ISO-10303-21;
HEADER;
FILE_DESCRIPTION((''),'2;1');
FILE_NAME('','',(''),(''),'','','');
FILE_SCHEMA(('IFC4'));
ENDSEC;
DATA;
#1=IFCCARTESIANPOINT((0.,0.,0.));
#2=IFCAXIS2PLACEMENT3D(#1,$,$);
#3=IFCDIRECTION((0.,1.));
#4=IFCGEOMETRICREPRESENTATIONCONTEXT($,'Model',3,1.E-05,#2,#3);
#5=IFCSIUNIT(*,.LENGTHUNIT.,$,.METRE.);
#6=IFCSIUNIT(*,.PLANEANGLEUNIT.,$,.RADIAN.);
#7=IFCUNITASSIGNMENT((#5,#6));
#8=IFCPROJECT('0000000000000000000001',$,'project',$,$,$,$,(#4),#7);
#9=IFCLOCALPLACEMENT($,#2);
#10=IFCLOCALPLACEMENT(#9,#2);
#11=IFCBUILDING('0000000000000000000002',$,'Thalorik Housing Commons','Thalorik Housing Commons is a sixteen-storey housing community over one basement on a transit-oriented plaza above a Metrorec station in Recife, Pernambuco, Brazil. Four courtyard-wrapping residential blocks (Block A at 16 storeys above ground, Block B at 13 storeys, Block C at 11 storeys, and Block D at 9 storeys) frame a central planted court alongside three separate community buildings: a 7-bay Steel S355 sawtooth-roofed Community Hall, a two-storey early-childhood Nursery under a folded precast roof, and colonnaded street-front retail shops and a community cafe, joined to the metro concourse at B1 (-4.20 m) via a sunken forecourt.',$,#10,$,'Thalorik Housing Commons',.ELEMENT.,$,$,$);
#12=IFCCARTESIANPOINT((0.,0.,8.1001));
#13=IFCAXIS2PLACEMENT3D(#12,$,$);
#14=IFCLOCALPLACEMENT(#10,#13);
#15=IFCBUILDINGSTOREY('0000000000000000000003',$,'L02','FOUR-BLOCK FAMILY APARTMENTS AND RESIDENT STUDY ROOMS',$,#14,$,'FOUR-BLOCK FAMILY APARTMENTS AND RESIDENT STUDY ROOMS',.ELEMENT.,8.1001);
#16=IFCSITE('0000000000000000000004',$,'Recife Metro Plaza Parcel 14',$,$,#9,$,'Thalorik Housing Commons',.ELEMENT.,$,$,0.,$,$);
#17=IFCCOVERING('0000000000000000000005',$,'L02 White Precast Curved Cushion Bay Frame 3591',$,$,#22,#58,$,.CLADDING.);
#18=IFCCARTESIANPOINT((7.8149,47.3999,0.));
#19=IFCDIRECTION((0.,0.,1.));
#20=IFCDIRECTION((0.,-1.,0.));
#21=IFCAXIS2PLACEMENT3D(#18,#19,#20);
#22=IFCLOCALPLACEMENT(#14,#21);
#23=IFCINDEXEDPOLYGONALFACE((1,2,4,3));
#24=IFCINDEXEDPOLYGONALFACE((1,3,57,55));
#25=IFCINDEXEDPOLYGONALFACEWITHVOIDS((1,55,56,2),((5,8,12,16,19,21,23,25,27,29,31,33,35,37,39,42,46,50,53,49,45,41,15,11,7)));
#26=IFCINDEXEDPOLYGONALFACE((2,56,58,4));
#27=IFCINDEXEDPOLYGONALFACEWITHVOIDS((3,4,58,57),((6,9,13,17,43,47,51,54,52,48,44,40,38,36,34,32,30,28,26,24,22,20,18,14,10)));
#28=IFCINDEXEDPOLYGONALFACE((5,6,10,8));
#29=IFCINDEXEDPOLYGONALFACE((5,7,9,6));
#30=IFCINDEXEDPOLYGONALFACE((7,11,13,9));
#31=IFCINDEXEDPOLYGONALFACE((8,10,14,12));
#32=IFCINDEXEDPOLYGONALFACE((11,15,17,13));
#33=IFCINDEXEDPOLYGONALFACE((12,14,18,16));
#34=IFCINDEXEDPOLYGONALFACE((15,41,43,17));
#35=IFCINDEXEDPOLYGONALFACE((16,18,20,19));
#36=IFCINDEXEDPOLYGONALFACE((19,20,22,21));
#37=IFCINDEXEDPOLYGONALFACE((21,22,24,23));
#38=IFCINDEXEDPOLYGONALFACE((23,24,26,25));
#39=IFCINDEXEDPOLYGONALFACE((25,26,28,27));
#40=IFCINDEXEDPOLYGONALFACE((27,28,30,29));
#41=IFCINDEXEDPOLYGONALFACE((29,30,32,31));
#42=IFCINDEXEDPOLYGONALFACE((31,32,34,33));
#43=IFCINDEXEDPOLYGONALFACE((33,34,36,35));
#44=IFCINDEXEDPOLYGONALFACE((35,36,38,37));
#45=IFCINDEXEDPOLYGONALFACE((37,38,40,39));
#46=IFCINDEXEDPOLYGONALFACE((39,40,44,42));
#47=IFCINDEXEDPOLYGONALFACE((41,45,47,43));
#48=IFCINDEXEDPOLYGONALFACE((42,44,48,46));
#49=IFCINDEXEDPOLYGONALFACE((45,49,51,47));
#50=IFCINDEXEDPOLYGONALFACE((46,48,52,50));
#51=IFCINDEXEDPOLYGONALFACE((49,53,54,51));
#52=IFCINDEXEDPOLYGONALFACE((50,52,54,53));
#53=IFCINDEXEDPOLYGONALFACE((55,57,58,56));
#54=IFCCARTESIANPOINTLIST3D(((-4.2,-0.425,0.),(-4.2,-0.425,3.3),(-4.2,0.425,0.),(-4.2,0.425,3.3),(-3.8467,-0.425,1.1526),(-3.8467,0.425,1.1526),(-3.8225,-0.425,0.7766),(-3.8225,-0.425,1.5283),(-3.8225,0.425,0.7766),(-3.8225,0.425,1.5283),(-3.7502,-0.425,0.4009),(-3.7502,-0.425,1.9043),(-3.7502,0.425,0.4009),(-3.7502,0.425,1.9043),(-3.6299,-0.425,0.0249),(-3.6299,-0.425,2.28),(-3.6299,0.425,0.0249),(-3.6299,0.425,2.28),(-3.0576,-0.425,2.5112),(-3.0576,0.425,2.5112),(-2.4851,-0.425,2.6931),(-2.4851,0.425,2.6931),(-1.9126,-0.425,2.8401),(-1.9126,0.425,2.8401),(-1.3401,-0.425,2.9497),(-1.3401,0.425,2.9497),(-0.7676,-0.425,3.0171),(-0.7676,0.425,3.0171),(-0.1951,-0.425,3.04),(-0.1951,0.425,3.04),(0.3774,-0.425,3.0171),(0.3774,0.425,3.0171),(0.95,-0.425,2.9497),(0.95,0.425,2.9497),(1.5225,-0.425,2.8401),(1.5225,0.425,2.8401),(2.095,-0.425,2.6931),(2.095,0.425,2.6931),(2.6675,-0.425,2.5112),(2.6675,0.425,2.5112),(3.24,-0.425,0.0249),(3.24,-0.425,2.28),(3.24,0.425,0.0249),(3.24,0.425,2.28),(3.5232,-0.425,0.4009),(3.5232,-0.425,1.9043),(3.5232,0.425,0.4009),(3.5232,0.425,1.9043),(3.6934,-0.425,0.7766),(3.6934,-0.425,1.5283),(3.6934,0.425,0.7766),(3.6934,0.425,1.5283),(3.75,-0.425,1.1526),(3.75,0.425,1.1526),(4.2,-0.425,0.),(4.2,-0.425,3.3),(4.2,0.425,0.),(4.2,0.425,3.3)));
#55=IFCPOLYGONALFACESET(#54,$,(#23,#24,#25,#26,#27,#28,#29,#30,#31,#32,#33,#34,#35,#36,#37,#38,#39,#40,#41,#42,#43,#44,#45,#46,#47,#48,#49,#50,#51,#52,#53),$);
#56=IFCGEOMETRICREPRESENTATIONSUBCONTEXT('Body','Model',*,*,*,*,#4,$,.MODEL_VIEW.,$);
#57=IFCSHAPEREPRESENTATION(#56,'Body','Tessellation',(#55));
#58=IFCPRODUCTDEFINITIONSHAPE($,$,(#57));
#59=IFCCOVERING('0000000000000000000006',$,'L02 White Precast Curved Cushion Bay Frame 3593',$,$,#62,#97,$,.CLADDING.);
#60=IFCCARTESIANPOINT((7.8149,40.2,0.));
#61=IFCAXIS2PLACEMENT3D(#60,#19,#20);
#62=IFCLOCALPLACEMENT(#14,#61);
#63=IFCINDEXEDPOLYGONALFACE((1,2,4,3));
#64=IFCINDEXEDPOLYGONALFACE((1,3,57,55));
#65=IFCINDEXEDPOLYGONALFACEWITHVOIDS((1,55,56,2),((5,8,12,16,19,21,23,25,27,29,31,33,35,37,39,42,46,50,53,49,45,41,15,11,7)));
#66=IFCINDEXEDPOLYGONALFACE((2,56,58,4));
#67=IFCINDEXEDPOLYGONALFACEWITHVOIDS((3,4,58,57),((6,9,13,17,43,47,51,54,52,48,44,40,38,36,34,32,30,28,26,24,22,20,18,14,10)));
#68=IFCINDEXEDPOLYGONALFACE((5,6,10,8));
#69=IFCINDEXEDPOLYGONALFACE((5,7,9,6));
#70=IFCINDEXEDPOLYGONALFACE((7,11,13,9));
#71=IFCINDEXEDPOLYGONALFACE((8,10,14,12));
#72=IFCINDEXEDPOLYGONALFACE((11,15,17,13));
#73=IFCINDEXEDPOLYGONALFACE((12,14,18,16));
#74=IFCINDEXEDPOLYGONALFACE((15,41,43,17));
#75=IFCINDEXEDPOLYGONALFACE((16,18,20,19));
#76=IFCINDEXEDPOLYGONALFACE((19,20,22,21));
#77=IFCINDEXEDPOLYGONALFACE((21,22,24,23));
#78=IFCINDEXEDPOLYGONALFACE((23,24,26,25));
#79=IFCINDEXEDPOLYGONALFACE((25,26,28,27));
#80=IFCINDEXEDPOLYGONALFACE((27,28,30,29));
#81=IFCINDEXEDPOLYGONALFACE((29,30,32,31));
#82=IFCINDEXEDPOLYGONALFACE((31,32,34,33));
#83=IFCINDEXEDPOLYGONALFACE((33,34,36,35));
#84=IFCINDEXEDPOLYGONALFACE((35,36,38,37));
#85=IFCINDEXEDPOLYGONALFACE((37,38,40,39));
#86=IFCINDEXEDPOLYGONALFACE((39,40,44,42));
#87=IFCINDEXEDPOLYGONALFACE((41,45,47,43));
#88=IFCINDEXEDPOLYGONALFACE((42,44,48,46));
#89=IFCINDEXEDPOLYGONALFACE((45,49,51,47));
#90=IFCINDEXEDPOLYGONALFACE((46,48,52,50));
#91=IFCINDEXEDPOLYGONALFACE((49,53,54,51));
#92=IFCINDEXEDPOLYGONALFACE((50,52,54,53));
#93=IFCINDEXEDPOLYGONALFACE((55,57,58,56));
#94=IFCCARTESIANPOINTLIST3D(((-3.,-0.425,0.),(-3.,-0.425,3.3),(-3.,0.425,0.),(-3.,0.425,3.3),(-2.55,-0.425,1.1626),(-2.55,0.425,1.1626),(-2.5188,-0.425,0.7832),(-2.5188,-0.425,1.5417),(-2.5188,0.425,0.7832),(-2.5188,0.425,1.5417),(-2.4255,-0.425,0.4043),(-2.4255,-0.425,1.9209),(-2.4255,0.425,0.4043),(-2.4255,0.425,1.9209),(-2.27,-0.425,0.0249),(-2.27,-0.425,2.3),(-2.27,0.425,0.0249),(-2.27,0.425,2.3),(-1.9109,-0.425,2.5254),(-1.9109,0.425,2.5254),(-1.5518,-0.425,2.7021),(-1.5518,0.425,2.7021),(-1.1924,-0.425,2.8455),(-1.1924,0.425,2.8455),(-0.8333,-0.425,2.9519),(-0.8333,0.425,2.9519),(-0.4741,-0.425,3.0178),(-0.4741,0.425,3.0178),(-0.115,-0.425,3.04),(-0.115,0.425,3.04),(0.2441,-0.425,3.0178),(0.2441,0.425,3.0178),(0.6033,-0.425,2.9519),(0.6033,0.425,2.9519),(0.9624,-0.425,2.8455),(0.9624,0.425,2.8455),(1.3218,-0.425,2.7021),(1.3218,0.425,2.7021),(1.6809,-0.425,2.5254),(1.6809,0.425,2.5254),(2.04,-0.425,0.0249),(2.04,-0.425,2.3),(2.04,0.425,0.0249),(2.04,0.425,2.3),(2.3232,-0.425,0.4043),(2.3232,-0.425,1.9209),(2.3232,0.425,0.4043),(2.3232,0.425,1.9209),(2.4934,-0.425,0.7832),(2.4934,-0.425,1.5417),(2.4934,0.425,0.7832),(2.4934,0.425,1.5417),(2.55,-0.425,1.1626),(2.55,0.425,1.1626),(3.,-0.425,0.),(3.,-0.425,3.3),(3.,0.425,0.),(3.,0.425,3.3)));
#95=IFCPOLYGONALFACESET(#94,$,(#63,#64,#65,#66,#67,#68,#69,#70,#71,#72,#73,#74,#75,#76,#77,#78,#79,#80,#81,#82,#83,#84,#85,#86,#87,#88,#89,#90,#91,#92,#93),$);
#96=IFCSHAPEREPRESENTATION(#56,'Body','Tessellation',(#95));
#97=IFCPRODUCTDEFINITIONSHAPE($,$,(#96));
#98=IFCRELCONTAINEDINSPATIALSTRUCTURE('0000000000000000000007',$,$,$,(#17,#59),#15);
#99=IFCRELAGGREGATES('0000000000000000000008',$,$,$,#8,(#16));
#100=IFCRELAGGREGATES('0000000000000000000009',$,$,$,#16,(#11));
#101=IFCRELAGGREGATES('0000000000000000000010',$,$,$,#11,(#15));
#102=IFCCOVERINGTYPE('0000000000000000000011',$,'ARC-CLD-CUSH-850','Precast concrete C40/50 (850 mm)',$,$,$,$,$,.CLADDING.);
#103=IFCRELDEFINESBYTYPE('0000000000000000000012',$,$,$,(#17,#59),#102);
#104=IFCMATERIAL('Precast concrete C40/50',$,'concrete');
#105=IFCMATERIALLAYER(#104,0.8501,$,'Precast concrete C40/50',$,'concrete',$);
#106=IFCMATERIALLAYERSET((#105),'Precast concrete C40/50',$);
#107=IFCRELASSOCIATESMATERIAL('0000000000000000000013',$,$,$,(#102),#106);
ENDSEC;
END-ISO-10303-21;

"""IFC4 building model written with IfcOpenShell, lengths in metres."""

from ifc_helpers import new_model, si_unit, direction, frame, origin, place, context, subcontext, project, spatial, polyline, outline, extrude, material, layer, layer_set, type_object, element, save


model = new_model("IFC4")

# Units and contexts
model_context = context("Model", 3, precision=1e-05, world=origin(), true_north=direction((0.0, 1.0)))
body_context = subcontext(model_context, "Body", "Model", "MODEL_VIEW")
ifc_project = project(units=[si_unit("LENGTHUNIT", "METRE"), si_unit("PLANEANGLEUNIT", "RADIAN")], contexts=[model_context])

# Site, building, storey
site_placement = place(None, origin())
site = spatial("IfcSite", under=ifc_project, at=site_placement, Name="Recife Metro Plaza Parcel 14", LongName="Thalorik Housing Commons", CompositionType="ELEMENT", RefElevation=0.0)
building_placement = place(site_placement, origin())
building = spatial("IfcBuilding", under=site, at=building_placement, Name="Thalorik Housing Commons", Description="Thalorik Housing Commons is a sixteen-storey housing community over one basement on a transit-oriented plaza above a Metrorec station in Recife, Pernambuco, Brazil. Four courtyard-wrapping residential blocks (Block A at 16 storeys above ground, Block B at 13 storeys, Block C at 11 storeys, and Block D at 9 storeys) frame a central planted court alongside three separate community buildings: a 7-bay Steel S355 sawtooth-roofed Community Hall, a two-storey early-childhood Nursery under a folded precast roof, and colonnaded street-front retail shops and a community cafe, joined to the metro concourse at B1 (-4.20 m) via a sunken forecourt.", LongName="Thalorik Housing Commons", CompositionType="ELEMENT")
storey_placement = place(building_placement, frame((0.0, 0.0, 8.1001)))
storey = spatial("IfcBuildingStorey", under=building, at=storey_placement, Name="L02", Description="FOUR-BLOCK FAMILY APARTMENTS AND RESIDENT STUDY ROOMS", LongName="FOUR-BLOCK FAMILY APARTMENTS AND RESIDENT STUDY ROOMS", CompositionType="ELEMENT", Elevation=8.1001)

# Shared definitions
ifc_material_1 = material(Name="Precast concrete C40/50", Category="concrete")

# Coverings
ifc_layer_1 = layer(ifc_material_1, 0.8501, Name="Precast concrete C40/50", Category="concrete")
ifc_layer_set_1 = layer_set([ifc_layer_1], Name="Precast concrete C40/50")
covering_type_1 = type_object("IfcCoveringType", Name="ARC-CLD-CUSH-850", Description="Precast concrete C40/50 (850 mm)", PredefinedType="CLADDING", material=ifc_layer_set_1)
covering_1_placement = place(storey_placement, frame((7.8149, 47.3999, 0.0), z_axis=(0.0, 0.0, 1.0), x_axis=(0.0, -1.0, 0.0)))
element("IfcCovering", 1, at=covering_1_placement, inside=storey, type_object=covering_type_1, Name="L02 White Precast Curved Cushion Bay Frame 3591", PredefinedType="CLADDING", context=body_context, shape_type="SweptSolid", body=[
    extrude(outline(polyline([(-4.2, 0.0), (4.2, 0.0), (4.2, 3.3), (-4.2, 3.3), (-4.2, 0.0)]), holes=[polyline([(3.24, 0.0249), (3.5232, 0.4009), (3.6934, 0.7766), (3.75, 1.1526), (3.6934, 1.5283), (3.5232, 1.9043), (3.24, 2.28), (2.6675, 2.5112), (2.095, 2.6931), (1.5225, 2.8401), (0.95, 2.9497), (0.3774, 3.0171), (-0.1951, 3.04), (-0.7676, 3.0171), (-1.3401, 2.9497), (-1.9126, 2.8401), (-2.4851, 2.6931), (-3.0576, 2.5112), (-3.6299, 2.28), (-3.7502, 1.9043), (-3.8225, 1.5283), (-3.8467, 1.1526), (-3.8225, 0.7766), (-3.7502, 0.4009), (-3.6299, 0.0249), (3.24, 0.0249)])]), frame((0.0, 0.425, 0.0), z_axis=(0.0, -1.0, 0.0), x_axis=(1.0, 0.0, 0.0)), (0.0, 0.0, 1.0), 0.8501),
])
covering_2_placement = place(storey_placement, frame((7.8149, 40.2, 0.0), z_axis=(0.0, 0.0, 1.0), x_axis=(0.0, -1.0, 0.0)))
element("IfcCovering", 2, at=covering_2_placement, inside=storey, type_object=covering_type_1, Name="L02 White Precast Curved Cushion Bay Frame 3593", PredefinedType="CLADDING", context=body_context, shape_type="SweptSolid", body=[
    extrude(outline(polyline([(-3.0, 0.0), (3.0, 0.0), (3.0, 3.3), (-3.0, 3.3), (-3.0, 0.0)]), holes=[polyline([(2.04, 0.0249), (2.3232, 0.4043), (2.4934, 0.7832), (2.55, 1.1626), (2.4934, 1.5417), (2.3232, 1.9209), (2.04, 2.3), (1.6809, 2.5254), (1.3218, 2.7021), (0.9624, 2.8455), (0.6033, 2.9519), (0.2441, 3.0178), (-0.115, 3.04), (-0.4741, 3.0178), (-0.8333, 2.9519), (-1.1924, 2.8455), (-1.5518, 2.7021), (-1.9109, 2.5254), (-2.27, 2.3), (-2.4255, 1.9209), (-2.5188, 1.5417), (-2.55, 1.1626), (-2.5188, 0.7832), (-2.4255, 0.4043), (-2.27, 0.0249), (2.04, 0.0249)])]), frame((0.0, 0.425, 0.0), z_axis=(0.0, -1.0, 0.0), x_axis=(1.0, 0.0, 0.0)), (0.0, 0.0, 1.0), 0.8501),
])

save(model, "model.ifc")
